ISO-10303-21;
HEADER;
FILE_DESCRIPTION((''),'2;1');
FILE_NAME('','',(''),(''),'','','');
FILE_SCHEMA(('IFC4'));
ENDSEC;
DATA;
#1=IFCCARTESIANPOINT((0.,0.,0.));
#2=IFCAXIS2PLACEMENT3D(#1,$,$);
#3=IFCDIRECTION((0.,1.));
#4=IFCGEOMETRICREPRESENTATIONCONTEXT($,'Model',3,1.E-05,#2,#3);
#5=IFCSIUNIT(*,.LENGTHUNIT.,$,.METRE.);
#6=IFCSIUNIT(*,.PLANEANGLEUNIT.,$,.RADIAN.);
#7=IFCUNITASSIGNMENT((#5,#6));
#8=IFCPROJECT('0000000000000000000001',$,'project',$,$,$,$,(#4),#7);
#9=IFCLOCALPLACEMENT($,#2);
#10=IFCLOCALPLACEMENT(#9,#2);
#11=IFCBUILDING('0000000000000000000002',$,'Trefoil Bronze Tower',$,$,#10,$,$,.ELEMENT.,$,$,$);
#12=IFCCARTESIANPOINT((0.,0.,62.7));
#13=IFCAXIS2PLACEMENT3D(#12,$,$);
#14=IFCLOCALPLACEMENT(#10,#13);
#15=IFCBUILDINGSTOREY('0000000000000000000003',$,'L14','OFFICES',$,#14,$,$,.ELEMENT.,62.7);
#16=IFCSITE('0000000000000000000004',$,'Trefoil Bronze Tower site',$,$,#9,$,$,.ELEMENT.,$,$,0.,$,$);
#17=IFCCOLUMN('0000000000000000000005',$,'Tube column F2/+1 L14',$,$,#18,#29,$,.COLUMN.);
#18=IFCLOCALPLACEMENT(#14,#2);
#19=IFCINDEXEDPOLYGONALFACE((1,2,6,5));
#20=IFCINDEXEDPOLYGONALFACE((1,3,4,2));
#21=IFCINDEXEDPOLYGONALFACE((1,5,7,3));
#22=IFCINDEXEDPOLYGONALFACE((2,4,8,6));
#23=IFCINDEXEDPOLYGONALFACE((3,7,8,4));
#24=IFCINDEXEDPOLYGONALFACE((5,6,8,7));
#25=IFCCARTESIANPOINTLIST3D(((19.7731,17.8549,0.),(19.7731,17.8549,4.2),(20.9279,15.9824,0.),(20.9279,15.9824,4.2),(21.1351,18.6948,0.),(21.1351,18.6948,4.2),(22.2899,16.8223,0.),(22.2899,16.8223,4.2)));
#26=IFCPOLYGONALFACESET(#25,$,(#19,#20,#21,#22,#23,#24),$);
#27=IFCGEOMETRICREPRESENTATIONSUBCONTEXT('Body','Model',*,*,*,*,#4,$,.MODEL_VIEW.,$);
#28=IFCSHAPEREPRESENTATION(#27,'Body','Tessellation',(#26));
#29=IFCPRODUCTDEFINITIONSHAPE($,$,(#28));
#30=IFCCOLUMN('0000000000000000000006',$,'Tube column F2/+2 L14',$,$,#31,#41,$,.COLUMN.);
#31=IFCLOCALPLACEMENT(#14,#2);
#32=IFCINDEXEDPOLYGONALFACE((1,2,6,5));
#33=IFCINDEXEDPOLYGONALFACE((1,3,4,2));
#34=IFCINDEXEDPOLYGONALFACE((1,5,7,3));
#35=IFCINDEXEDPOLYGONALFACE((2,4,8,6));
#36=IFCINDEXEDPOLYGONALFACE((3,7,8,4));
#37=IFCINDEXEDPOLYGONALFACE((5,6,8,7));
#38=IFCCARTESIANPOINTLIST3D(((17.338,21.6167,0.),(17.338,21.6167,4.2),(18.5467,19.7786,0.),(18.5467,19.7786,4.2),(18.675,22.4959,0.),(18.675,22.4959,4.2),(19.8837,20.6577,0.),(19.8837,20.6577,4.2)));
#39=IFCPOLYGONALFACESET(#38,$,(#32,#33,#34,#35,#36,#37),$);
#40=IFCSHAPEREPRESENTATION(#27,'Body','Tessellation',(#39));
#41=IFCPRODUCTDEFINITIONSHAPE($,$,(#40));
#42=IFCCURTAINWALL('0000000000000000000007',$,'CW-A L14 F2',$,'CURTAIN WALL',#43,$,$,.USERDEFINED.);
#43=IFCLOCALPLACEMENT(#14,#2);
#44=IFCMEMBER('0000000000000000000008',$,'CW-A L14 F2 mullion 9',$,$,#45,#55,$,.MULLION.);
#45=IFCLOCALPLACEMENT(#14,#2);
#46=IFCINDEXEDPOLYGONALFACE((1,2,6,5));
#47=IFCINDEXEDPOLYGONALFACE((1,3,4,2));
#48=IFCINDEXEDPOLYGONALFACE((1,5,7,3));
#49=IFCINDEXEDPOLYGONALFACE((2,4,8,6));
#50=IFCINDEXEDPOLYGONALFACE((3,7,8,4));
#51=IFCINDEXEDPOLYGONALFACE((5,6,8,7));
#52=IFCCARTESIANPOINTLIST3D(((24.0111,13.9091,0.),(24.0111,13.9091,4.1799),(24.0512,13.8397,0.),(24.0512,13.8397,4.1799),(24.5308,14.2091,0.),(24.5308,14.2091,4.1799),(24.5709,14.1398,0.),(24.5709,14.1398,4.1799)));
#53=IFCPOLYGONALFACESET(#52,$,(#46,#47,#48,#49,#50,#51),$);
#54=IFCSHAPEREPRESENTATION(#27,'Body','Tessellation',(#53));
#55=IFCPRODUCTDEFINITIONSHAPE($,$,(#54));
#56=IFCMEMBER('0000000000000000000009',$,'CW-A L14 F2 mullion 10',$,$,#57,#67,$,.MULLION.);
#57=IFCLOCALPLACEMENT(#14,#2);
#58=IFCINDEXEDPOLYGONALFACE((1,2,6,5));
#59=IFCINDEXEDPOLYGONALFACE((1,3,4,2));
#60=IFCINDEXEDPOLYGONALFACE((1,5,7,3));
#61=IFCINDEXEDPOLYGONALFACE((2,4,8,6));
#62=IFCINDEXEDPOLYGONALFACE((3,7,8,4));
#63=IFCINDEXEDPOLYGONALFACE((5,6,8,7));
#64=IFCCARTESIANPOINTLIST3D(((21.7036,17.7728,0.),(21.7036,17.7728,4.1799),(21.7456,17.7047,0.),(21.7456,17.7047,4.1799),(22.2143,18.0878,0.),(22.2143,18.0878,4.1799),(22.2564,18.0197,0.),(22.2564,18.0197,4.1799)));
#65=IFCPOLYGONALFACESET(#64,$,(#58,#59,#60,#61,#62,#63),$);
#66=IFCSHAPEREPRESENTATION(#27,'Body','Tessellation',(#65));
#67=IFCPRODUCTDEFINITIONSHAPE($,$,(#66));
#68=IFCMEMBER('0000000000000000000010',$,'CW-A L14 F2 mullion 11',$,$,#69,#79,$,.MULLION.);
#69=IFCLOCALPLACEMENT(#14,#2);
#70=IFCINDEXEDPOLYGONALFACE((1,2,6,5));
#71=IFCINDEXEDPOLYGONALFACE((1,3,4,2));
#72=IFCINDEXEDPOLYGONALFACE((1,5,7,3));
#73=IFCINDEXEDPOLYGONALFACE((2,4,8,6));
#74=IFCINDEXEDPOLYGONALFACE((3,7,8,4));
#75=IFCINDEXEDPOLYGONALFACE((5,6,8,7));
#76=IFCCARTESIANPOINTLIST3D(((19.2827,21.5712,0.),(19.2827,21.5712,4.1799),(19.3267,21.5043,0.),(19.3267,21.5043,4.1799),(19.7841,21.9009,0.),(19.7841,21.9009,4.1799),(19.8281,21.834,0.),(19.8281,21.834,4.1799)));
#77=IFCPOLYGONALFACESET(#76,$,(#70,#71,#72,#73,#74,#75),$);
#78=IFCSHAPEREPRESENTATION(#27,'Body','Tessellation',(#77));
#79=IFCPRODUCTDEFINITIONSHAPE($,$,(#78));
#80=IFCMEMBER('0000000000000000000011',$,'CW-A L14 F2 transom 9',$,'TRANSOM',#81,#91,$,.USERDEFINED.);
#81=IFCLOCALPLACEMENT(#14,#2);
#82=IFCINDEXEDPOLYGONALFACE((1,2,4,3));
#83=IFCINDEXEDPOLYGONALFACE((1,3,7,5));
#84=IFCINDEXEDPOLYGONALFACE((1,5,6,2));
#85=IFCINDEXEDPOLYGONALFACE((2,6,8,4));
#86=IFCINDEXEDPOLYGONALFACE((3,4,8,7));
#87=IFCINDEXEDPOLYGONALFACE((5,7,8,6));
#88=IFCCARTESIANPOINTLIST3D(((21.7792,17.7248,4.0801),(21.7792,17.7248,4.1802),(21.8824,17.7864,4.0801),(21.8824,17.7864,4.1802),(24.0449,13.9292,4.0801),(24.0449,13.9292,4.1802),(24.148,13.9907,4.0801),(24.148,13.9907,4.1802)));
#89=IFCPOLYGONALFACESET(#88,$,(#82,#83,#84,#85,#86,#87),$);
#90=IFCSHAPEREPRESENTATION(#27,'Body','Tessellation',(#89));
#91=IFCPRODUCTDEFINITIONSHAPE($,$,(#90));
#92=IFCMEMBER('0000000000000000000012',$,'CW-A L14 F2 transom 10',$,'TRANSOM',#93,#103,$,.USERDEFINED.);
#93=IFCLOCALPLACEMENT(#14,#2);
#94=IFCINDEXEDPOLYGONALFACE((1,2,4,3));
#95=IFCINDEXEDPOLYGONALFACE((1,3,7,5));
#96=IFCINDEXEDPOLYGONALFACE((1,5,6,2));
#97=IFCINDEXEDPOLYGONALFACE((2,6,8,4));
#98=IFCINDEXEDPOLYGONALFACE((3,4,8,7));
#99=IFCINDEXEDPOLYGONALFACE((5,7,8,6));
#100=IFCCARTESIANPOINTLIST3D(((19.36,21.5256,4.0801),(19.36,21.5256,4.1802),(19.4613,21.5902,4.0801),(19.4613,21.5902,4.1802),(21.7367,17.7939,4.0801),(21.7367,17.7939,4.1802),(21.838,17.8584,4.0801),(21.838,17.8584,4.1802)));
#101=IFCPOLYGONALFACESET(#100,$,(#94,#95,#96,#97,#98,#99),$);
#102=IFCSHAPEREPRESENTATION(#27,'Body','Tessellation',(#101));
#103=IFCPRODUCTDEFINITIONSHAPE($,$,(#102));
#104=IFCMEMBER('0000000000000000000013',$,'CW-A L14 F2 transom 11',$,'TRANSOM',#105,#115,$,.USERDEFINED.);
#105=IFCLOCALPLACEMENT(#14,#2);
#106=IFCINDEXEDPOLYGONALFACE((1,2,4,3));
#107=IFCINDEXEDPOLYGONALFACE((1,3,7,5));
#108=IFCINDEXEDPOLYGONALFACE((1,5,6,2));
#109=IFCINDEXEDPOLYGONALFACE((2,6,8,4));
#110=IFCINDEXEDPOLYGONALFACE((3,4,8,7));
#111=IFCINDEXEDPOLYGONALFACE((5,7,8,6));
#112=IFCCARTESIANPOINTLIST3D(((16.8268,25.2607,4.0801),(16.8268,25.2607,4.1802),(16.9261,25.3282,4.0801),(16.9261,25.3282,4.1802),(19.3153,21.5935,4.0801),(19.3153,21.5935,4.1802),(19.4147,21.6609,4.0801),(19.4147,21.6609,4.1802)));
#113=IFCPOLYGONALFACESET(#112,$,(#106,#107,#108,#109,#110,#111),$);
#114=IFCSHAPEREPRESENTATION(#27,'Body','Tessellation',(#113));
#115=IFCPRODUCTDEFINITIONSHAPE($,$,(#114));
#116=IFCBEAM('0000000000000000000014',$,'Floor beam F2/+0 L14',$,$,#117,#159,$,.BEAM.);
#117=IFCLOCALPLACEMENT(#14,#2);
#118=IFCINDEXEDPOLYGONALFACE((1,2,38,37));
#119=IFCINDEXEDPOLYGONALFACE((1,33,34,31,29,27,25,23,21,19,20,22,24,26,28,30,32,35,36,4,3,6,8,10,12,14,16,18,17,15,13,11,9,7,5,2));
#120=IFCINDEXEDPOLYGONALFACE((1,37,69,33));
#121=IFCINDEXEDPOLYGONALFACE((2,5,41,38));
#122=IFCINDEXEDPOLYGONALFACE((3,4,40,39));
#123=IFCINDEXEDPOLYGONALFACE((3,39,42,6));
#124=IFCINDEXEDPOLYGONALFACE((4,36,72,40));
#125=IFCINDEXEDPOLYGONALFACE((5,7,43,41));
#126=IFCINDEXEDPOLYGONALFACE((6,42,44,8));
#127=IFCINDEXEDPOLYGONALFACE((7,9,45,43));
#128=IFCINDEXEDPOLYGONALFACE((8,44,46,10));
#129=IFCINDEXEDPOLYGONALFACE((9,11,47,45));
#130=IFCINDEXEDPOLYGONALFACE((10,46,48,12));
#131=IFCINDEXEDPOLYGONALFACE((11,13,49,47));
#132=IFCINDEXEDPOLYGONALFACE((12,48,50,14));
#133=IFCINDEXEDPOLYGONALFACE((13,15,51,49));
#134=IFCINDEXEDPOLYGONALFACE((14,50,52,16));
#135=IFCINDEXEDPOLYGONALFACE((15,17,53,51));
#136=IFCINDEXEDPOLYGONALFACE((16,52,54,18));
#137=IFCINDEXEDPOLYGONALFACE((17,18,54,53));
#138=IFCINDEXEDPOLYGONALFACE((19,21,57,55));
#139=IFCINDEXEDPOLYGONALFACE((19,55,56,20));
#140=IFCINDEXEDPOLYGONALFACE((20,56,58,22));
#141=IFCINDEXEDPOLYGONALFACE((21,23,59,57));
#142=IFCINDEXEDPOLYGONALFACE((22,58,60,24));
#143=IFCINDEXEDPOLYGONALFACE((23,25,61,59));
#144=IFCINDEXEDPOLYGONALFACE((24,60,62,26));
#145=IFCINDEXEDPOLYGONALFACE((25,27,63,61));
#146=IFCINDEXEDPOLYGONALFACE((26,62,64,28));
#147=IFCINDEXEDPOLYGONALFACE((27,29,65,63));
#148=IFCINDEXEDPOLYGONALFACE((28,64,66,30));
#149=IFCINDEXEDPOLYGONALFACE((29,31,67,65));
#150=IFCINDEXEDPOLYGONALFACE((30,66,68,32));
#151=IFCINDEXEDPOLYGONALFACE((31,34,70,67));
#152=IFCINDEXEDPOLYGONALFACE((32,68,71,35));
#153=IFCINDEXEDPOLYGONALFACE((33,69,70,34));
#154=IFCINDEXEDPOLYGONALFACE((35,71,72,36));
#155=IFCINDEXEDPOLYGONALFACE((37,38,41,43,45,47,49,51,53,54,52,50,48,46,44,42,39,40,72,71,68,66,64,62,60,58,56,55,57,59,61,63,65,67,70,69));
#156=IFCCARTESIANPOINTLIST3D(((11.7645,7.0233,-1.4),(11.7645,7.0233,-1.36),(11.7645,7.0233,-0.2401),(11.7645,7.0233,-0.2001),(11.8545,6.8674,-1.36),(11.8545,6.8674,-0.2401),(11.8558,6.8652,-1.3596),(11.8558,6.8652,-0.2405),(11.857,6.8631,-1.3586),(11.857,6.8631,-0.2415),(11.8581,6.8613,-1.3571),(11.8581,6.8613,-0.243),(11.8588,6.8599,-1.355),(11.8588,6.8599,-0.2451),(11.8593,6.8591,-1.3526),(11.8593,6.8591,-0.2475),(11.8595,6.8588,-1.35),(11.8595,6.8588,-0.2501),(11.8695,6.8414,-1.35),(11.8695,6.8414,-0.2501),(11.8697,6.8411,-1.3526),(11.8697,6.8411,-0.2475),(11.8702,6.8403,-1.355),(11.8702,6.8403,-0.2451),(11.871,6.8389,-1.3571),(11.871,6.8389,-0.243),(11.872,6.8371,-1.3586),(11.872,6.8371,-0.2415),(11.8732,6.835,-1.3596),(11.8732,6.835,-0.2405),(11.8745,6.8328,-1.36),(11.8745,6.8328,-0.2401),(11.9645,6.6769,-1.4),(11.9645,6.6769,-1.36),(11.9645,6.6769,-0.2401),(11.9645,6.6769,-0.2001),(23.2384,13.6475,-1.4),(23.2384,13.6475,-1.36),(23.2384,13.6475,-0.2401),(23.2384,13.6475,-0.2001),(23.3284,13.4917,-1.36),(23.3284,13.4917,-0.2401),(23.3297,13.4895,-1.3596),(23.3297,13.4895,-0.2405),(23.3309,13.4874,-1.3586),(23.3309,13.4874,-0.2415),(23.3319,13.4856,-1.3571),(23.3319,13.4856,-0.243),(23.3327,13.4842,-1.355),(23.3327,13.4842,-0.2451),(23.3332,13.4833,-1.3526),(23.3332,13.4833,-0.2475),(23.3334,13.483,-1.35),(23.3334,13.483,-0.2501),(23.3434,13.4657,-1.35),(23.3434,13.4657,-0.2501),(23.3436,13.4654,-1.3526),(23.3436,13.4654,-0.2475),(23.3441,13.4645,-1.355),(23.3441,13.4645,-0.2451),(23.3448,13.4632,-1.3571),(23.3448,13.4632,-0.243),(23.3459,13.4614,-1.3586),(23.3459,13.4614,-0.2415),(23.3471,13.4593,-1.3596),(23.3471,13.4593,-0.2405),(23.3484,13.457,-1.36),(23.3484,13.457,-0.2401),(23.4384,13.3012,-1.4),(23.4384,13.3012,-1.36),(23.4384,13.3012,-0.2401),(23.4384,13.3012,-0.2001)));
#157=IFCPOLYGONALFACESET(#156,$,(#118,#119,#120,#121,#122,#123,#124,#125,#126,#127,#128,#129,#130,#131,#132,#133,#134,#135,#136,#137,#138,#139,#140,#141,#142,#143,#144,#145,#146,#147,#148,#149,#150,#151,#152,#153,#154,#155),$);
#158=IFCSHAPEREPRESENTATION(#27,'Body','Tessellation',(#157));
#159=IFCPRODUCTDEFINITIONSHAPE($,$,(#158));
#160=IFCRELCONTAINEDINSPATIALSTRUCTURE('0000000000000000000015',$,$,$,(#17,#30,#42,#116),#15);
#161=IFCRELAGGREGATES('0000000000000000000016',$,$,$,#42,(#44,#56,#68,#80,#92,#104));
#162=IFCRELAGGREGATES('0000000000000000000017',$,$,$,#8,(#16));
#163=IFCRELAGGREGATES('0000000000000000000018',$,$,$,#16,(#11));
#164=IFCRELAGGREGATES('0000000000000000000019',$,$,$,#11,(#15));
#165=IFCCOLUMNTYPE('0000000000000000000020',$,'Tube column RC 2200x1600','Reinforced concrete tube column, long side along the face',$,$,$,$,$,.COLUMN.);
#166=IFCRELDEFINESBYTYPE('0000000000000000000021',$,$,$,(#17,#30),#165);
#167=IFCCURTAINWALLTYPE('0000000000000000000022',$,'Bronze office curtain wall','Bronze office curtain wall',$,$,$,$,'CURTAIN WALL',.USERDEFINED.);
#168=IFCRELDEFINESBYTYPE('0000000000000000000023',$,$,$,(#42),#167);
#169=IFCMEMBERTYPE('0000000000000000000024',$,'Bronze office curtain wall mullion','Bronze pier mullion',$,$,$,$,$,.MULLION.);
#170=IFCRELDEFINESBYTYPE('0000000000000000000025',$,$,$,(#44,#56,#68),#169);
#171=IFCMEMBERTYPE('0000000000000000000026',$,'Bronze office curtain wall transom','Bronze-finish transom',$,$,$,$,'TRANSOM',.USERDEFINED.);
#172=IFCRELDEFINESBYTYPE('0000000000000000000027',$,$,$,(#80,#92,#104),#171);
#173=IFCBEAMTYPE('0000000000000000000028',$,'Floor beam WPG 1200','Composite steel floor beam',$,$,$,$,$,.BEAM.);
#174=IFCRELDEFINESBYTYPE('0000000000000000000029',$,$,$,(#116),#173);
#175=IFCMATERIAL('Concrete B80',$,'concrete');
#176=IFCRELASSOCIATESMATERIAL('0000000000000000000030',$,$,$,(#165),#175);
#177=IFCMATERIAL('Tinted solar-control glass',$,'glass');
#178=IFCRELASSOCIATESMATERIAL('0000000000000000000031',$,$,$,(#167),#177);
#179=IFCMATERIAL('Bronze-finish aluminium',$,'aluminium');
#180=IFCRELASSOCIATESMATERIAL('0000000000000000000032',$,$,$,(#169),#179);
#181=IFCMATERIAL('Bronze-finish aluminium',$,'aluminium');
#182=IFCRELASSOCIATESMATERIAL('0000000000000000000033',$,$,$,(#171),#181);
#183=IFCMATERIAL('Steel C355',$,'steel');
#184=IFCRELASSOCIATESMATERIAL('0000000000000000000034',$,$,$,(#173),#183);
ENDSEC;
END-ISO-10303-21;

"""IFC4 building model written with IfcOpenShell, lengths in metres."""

from ifc_helpers import new_model, si_unit, direction, frame, origin, origin_2d, place, context, subcontext, project, spatial, rectangle, i_section, extrude, material, material_profile, profile_set, type_object, element, aggregate, save


model = new_model("IFC4")

# Units and contexts
model_context = context("Model", 3, precision=1e-05, world=origin(), true_north=direction((0.0, 1.0)))
body_context = subcontext(model_context, "Body", "Model", "MODEL_VIEW")
ifc_project = project(units=[si_unit("LENGTHUNIT", "METRE"), si_unit("PLANEANGLEUNIT", "RADIAN")], contexts=[model_context])

# Site, building, storey
site_placement = place(None, origin())
site = spatial("IfcSite", under=ifc_project, at=site_placement, Name="Trefoil Bronze Tower site", CompositionType="ELEMENT", RefElevation=0.0)
building_placement = place(site_placement, origin())
building = spatial("IfcBuilding", under=site, at=building_placement, Name="Trefoil Bronze Tower", CompositionType="ELEMENT")
storey_placement = place(building_placement, frame((0.0, 0.0, 62.7)))
storey = spatial("IfcBuildingStorey", under=building, at=storey_placement, Name="L14", Description="OFFICES", CompositionType="ELEMENT", Elevation=62.7)

# Columns
ifc_material_1 = material(Name="Concrete B80", Category="concrete")
ifc_material_profile_1 = material_profile(ifc_material_1, rectangle(XDim=2.2, YDim=1.6001, at=origin_2d()), Name="RC 2200x1600")
ifc_profile_set_1 = profile_set([ifc_material_profile_1], Name="Concrete B80")
column_type = type_object("IfcColumnType", Name="Tube column RC 2200x1600", Description="Reinforced concrete tube column, long side along the face", PredefinedType="COLUMN", material=ifc_profile_set_1)
for number, where, z_axis, x_axis, name in (
    (1, (21.0315, 17.3386, 0.0), (0.0, 0.0, 1.0), (-0.524923, 0.85115, 0.0), "Tube column F2/+1 L14"),
    (2, (18.6108, 21.1372, 0.0), (0.0, 0.0, 1.0), (-0.549424, 0.835544, 0.0), "Tube column F2/+2 L14"),
):
    element("IfcColumn", number, at=place(storey_placement, frame(where, z_axis=z_axis, x_axis=x_axis)), inside=storey, type_object=column_type, Name=name, PredefinedType="COLUMN", context=body_context, shape_type="SweptSolid", body=[
        extrude(rectangle(XDim=2.2, YDim=1.6001, at=origin_2d()), origin(), (0.0, 0.0, 1.0), 4.2),
    ])

# Curtain wall, members
ifc_material_2 = material(Name="Tinted solar-control glass", Category="glass")
curtain_wall_type = type_object("IfcCurtainWallType", Name="Bronze office curtain wall", Description="Bronze office curtain wall", ElementType="CURTAIN WALL", PredefinedType="USERDEFINED", material=ifc_material_2)
curtain_wall_placement = place(storey_placement, origin())
curtain_wall = element("IfcCurtainWall", 3, at=curtain_wall_placement, inside=storey, type_object=curtain_wall_type, Name="CW-A L14 F2", ObjectType="CURTAIN WALL", PredefinedType="USERDEFINED")
ifc_material_3 = material(Name="Bronze-finish aluminium", Category="aluminium")
ifc_material_profile_2 = material_profile(ifc_material_3, rectangle(XDim=0.6001, YDim=0.0801, at=origin_2d()), Name="CW-A mullion")
ifc_profile_set_2 = profile_set([ifc_material_profile_2], Name="Bronze-finish aluminium")
member_type_1 = type_object("IfcMemberType", Name="Bronze office curtain wall mullion", Description="Bronze pier mullion", PredefinedType="MULLION", material=ifc_profile_set_2)
member_1_placement = place(storey_placement, frame((24.291, 14.0244, 0.0), z_axis=(0.0, 0.0, 1.0), x_axis=(-0.866025, -0.5, 0.0)))
member_1 = element("IfcMember", 4, at=member_1_placement, type_object=member_type_1, Name="CW-A L14 F2 mullion 9", PredefinedType="MULLION", context=body_context, shape_type="SweptSolid", body=[
    extrude(rectangle(XDim=0.6001, YDim=0.0801, at=origin_2d()), origin(), (0.0, 0.0, 1.0), 4.1799),
])
member_2_placement = place(storey_placement, frame((21.98, 17.8962, 0.0), z_axis=(0.0, 0.0, 1.0), x_axis=(-0.85115, -0.524923, 0.0)))
member_2 = element("IfcMember", 5, at=member_2_placement, type_object=member_type_1, Name="CW-A L14 F2 mullion 10", PredefinedType="MULLION", context=body_context, shape_type="SweptSolid", body=[
    extrude(rectangle(XDim=0.6001, YDim=0.0801, at=origin_2d()), origin(), (0.0, 0.0, 1.0), 4.1799),
])
member_3_placement = place(storey_placement, frame((19.5554, 21.7026, 0.0), z_axis=(0.0, 0.0, 1.0), x_axis=(-0.835544, -0.549424, 0.0)))
member_3 = element("IfcMember", 6, at=member_3_placement, type_object=member_type_1, Name="CW-A L14 F2 mullion 11", PredefinedType="MULLION", context=body_context, shape_type="SweptSolid", body=[
    extrude(rectangle(XDim=0.6001, YDim=0.0801, at=origin_2d()), origin(), (0.0, 0.0, 1.0), 4.1799),
])
ifc_material_4 = material(Name="Bronze-finish aluminium", Category="aluminium")
ifc_material_profile_3 = material_profile(ifc_material_4, rectangle(XDim=0.1201, YDim=0.1001, at=origin_2d()), Name="CW-A transom")
ifc_profile_set_3 = profile_set([ifc_material_profile_3], Name="Bronze-finish aluminium")
member_type_2 = type_object("IfcMemberType", Name="Bronze office curtain wall transom", Description="Bronze-finish transom", ElementType="TRANSOM", PredefinedType="USERDEFINED", material=ifc_profile_set_3)
member_4_placement = place(storey_placement, frame((24.0964, 13.96, 4.1301), z_axis=(-0.512537, 0.858665, 0.0), x_axis=(-0.858665, -0.512537, 0.0)))
member_4 = element("IfcMember", 7, at=member_4_placement, type_object=member_type_2, Name="CW-A L14 F2 transom 9", ObjectType="TRANSOM", PredefinedType="USERDEFINED", context=body_context, shape_type="SweptSolid", body=[
    extrude(rectangle(XDim=0.1201, YDim=0.1001, at=origin_2d()), origin(), (0.0, 0.0, 1.0), 4.4204),
])
member_5_placement = place(storey_placement, frame((21.7874, 17.8262, 4.1301), z_axis=(-0.537197, 0.843457, 0.0), x_axis=(-0.843457, -0.537197, 0.0)))
member_5 = element("IfcMember", 8, at=member_5_placement, type_object=member_type_2, Name="CW-A L14 F2 transom 10", ObjectType="TRANSOM", PredefinedType="USERDEFINED", context=body_context, shape_type="SweptSolid", body=[
    extrude(rectangle(XDim=0.1201, YDim=0.1001, at=origin_2d()), origin(), (0.0, 0.0, 1.0), 4.4243),
])
member_6_placement = place(storey_placement, frame((19.365, 21.6272, 4.1301), z_axis=(-0.561508, 0.827471, 0.0), x_axis=(-0.827471, -0.561508, 0.0)))
member_6 = element("IfcMember", 9, at=member_6_placement, type_object=member_type_2, Name="CW-A L14 F2 transom 11", ObjectType="TRANSOM", PredefinedType="USERDEFINED", context=body_context, shape_type="SweptSolid", body=[
    extrude(rectangle(XDim=0.1201, YDim=0.1001, at=origin_2d()), origin(), (0.0, 0.0, 1.0), 4.4319),
])

# Beam
ifc_material_5 = material(Name="Steel C355", Category="steel")
ifc_material_profile_4 = material_profile(ifc_material_5, i_section(OverallWidth=0.3999, OverallDepth=1.2, WebThickness=0.02, FlangeThickness=0.04, FilletRadius=0.01, at=origin_2d()), Name="WPG 1200")
ifc_profile_set_4 = profile_set([ifc_material_profile_4], Name="Steel C355")
beam_type_1 = type_object("IfcBeamType", Name="Floor beam WPG 1200", Description="Composite steel floor beam", PredefinedType="BEAM", material=ifc_profile_set_4)
beam_1_placement = place(storey_placement, frame((23.3384, 13.4744, -0.8), z_axis=(-0.866031, -0.49999, 0.0), x_axis=(0.49999, -0.866031, 0.0)))
element("IfcBeam", 10, at=beam_1_placement, inside=storey, type_object=beam_type_1, Name="Floor beam F2/+0 L14", PredefinedType="BEAM", context=body_context, shape_type="SweptSolid", body=[
    extrude(i_section(OverallWidth=0.3999, OverallDepth=1.2, WebThickness=0.02, FlangeThickness=0.04, FilletRadius=0.01, at=origin_2d()), origin(), (0.0, 0.0, 1.0), 13.2488),
])

aggregate(curtain_wall, [member_1, member_2, member_3, member_4, member_5, member_6])

save(model, "model.ifc")
